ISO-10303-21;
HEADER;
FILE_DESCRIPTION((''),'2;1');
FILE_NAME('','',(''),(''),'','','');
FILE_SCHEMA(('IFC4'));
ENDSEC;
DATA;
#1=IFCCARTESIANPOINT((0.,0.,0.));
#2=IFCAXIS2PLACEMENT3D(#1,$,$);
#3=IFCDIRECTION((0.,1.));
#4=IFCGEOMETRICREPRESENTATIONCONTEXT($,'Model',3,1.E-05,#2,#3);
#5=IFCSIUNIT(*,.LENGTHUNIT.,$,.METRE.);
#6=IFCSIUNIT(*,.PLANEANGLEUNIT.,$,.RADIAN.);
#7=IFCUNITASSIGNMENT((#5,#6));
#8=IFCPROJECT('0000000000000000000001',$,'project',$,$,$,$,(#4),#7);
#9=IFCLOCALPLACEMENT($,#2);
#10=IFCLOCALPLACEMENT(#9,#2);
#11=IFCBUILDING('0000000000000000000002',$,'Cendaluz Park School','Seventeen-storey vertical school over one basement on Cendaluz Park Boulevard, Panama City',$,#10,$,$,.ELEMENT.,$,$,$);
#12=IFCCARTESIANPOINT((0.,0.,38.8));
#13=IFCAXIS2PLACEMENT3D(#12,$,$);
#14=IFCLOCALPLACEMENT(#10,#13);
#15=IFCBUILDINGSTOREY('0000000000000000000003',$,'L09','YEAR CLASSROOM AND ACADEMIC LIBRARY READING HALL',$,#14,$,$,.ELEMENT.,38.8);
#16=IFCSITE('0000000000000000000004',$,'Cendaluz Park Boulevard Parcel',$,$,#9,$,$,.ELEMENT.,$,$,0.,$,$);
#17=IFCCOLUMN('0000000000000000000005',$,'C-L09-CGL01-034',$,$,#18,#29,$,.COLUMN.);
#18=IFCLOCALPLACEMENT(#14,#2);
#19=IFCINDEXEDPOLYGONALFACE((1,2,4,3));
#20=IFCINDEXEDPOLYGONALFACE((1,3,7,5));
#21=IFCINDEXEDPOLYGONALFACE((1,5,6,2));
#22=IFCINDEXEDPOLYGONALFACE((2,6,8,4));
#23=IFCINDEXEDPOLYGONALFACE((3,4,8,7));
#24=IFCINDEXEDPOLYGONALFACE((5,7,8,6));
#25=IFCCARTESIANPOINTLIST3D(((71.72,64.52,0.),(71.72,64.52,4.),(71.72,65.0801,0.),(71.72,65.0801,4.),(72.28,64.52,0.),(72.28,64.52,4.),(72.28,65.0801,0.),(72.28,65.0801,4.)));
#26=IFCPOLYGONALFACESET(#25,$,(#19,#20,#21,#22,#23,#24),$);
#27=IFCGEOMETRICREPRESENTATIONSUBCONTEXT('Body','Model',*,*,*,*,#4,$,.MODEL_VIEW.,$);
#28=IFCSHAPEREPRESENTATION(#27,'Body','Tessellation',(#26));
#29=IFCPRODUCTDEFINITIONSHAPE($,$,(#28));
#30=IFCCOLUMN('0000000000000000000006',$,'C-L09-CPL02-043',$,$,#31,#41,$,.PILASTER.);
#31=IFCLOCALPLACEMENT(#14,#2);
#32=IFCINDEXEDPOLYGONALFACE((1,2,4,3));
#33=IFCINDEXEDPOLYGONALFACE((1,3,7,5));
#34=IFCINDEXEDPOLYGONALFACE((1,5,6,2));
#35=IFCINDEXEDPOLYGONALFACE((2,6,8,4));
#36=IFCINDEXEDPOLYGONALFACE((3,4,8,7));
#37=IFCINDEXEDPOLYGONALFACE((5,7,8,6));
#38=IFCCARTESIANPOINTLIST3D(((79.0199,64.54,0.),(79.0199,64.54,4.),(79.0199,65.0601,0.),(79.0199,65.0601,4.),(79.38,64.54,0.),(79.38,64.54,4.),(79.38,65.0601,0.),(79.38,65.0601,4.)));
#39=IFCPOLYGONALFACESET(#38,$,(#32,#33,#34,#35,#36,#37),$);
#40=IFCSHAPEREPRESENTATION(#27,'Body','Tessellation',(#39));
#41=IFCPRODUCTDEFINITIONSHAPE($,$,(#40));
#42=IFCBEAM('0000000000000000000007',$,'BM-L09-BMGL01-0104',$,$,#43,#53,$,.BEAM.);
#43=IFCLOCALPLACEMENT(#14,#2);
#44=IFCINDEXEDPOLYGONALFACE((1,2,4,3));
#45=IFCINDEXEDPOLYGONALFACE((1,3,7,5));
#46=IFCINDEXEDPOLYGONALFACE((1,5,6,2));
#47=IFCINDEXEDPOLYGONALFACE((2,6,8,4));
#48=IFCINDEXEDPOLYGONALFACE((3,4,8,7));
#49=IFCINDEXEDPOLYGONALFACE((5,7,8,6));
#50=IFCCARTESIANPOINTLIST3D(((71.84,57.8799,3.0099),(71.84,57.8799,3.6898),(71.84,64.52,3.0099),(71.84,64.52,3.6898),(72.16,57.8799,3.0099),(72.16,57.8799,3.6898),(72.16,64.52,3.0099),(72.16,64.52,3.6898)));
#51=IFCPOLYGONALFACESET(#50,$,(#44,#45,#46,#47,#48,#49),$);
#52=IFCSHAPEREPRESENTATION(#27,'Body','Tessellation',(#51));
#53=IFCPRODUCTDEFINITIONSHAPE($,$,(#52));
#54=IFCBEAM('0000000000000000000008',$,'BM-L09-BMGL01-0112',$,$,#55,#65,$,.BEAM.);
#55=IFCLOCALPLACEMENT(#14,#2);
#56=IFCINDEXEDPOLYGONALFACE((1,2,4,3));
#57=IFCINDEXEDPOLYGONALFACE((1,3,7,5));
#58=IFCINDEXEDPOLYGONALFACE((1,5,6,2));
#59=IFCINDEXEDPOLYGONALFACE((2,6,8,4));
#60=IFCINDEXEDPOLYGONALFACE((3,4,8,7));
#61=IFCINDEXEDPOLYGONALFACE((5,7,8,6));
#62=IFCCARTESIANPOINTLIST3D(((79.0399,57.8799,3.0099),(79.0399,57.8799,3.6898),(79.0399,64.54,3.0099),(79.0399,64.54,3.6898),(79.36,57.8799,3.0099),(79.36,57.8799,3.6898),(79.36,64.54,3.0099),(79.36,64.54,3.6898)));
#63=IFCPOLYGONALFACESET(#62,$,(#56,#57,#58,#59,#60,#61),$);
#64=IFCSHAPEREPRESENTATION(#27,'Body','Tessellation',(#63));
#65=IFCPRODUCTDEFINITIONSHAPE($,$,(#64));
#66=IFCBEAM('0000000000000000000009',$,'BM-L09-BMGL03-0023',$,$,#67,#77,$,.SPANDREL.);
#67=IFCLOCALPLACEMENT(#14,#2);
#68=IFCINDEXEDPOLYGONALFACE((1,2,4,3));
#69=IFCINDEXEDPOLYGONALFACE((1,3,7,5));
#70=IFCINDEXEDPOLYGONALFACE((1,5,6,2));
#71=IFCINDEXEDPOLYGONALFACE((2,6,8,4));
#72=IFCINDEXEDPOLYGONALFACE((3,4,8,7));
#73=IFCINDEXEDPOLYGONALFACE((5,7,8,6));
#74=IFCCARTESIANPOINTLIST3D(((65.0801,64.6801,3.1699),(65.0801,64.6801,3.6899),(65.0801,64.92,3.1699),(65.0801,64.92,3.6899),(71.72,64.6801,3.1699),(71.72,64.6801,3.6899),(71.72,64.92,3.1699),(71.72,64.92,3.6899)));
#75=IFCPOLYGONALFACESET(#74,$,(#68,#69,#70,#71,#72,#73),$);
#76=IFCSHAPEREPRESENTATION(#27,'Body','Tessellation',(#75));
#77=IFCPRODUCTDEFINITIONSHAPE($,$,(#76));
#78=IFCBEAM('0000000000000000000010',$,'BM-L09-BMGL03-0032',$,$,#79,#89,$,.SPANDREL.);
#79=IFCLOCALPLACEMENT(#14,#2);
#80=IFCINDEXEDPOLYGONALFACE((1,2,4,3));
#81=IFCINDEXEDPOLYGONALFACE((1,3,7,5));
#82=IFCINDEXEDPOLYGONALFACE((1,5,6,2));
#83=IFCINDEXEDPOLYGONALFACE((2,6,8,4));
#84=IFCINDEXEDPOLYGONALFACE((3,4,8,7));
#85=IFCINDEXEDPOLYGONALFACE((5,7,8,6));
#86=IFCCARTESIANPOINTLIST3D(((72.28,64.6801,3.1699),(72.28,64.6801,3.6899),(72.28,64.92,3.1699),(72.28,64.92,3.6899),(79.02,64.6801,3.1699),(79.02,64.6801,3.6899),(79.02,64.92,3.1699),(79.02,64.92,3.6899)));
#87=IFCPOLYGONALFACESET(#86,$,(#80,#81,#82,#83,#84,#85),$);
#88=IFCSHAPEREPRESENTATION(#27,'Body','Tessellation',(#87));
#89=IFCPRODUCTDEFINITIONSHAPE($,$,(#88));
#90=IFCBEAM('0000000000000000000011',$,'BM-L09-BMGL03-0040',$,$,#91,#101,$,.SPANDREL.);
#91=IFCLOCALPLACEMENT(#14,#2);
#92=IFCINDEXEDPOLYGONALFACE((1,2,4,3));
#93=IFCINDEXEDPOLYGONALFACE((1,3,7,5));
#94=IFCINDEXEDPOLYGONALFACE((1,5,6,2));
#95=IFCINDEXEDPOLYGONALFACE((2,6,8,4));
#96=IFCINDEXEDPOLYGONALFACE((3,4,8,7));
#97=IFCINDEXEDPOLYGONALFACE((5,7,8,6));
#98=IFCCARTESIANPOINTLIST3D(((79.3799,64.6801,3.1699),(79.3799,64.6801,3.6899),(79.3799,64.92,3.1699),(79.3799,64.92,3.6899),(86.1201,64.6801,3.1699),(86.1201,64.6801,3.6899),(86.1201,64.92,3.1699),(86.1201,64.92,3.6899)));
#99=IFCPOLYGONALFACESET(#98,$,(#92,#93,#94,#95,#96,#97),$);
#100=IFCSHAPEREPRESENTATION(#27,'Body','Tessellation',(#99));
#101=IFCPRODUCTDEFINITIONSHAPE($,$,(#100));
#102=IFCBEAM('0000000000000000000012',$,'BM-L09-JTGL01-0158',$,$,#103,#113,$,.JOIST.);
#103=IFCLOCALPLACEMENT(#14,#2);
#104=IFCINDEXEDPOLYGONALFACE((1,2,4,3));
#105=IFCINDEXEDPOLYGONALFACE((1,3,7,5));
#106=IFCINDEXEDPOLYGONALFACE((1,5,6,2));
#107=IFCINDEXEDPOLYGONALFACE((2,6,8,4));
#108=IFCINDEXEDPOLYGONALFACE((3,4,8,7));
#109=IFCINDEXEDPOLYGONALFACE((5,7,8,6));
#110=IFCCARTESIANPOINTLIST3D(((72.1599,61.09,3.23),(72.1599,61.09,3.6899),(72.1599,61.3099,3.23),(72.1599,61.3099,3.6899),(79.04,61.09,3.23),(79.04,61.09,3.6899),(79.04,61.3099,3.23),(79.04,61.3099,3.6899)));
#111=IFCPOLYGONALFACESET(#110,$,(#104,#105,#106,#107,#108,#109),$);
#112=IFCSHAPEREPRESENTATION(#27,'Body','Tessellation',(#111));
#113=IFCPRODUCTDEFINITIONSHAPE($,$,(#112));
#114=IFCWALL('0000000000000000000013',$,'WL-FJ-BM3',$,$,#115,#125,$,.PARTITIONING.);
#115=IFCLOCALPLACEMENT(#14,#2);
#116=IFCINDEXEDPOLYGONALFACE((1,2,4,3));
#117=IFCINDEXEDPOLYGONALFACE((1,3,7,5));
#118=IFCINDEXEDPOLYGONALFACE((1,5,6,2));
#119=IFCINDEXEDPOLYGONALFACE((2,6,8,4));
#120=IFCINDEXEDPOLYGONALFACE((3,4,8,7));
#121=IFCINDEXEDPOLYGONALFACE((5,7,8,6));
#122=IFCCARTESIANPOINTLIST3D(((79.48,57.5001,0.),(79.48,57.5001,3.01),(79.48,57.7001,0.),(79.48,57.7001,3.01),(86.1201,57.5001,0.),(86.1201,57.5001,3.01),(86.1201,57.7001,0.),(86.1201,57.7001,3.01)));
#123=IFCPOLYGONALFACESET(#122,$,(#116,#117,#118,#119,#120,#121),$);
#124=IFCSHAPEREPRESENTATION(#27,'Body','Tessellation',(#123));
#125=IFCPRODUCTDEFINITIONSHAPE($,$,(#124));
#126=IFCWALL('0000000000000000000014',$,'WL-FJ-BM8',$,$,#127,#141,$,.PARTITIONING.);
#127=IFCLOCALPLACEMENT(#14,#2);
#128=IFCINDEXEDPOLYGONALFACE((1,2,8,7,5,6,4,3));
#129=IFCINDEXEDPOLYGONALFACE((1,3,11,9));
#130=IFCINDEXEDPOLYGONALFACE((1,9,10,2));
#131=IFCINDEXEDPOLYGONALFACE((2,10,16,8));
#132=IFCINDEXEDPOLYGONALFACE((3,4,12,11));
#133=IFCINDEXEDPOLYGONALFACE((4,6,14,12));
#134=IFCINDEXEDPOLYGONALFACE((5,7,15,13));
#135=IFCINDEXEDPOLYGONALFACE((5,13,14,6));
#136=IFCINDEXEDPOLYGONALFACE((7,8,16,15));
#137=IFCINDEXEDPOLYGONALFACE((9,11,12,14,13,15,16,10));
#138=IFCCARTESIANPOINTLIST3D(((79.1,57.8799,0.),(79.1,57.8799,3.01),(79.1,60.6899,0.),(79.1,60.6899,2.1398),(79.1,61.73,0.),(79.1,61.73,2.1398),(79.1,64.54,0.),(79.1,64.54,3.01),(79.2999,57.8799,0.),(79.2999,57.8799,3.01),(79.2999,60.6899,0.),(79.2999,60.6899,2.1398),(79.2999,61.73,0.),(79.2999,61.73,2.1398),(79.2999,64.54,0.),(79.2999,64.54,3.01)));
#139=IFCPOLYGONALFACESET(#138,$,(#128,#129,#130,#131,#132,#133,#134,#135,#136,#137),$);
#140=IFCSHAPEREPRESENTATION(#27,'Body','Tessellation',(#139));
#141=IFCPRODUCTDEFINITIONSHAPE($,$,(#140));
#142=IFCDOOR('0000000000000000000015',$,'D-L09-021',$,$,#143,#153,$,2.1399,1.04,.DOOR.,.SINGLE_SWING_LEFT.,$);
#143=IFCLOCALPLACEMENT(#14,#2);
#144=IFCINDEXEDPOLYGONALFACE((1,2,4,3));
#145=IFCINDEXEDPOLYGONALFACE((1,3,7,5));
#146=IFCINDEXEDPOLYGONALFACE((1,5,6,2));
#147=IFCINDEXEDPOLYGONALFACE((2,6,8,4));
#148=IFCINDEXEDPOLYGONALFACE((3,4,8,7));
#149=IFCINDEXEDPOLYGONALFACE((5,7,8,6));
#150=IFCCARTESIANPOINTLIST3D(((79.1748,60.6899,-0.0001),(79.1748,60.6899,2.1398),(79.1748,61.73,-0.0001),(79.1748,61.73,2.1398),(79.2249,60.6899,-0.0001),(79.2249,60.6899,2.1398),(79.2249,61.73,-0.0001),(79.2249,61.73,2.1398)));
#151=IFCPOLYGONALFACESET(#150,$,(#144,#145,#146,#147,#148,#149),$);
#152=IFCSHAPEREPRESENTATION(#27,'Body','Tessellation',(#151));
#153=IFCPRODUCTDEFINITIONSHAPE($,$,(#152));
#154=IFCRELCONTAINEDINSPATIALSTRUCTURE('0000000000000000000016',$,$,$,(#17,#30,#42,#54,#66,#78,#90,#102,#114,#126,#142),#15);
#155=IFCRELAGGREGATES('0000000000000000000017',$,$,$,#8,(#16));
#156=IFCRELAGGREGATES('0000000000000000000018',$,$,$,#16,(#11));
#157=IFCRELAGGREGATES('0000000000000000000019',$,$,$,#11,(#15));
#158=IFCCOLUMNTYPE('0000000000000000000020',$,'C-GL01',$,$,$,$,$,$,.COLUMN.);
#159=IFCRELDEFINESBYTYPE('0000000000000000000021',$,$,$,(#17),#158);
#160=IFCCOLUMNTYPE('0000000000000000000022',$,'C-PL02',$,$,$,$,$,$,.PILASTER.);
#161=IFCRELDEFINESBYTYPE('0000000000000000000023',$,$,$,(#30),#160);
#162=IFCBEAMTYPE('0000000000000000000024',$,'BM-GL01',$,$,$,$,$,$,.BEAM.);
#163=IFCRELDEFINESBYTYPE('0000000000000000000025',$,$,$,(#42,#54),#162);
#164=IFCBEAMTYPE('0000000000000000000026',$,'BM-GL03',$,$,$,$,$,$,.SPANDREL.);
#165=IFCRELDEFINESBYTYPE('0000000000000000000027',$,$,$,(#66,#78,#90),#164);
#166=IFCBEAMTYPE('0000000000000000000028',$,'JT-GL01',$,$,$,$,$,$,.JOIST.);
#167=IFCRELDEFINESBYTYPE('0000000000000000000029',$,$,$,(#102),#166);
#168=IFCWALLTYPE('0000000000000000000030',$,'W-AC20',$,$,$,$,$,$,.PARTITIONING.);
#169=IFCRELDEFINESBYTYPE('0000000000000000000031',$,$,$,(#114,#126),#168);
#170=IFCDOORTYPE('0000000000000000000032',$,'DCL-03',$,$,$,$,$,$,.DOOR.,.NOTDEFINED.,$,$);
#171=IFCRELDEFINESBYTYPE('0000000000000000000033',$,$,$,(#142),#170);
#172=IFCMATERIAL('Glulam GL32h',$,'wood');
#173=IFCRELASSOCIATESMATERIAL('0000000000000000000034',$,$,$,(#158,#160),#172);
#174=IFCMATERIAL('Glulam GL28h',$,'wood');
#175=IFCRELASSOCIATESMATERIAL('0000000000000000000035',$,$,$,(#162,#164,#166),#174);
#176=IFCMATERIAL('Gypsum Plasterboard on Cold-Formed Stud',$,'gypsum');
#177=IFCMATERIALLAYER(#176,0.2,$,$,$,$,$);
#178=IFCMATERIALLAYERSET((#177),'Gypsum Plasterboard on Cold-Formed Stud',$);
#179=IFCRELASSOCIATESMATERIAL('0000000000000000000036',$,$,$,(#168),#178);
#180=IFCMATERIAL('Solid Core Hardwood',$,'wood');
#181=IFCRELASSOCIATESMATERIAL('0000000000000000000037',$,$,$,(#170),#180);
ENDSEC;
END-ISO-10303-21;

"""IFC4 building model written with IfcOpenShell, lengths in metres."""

from ifc_helpers import new_model, si_unit, direction, frame, frame_2d, origin, origin_2d, place, context, subcontext, project, spatial, rectangle, extrude, material, layer, layer_set, material_profile, profile_set, type_object, element, fill, save


model = new_model("IFC4")

# Units and contexts
model_context = context("Model", 3, precision=1e-05, world=origin(), true_north=direction((0.0, 1.0)))
body_context = subcontext(model_context, "Body", "Model", "MODEL_VIEW")
ifc_project = project(units=[si_unit("LENGTHUNIT", "METRE"), si_unit("PLANEANGLEUNIT", "RADIAN")], contexts=[model_context])

# Site, building, storey
site_placement = place(None, origin())
site = spatial("IfcSite", under=ifc_project, at=site_placement, Name="Cendaluz Park Boulevard Parcel", CompositionType="ELEMENT", RefElevation=0.0)
building_placement = place(site_placement, origin())
building = spatial("IfcBuilding", under=site, at=building_placement, Name="Cendaluz Park School", Description="Seventeen-storey vertical school over one basement on Cendaluz Park Boulevard, Panama City", CompositionType="ELEMENT")
storey_placement = place(building_placement, frame((0.0, 0.0, 38.8)))
storey = spatial("IfcBuildingStorey", under=building, at=storey_placement, Name="L09", Description="YEAR CLASSROOM AND ACADEMIC LIBRARY READING HALL", CompositionType="ELEMENT", Elevation=38.8)

# Columns
ifc_material_1 = material(Name="Glulam GL32h", Category="wood")
ifc_material_profile_1 = material_profile(ifc_material_1, rectangle(XDim=0.5601, YDim=0.5601, at=origin_2d()), Name="GL32h 560x560", Category="wood")
ifc_profile_set_1 = profile_set([ifc_material_profile_1], Name="Glulam GL32h")
column_type_1 = type_object("IfcColumnType", Name="C-GL01", PredefinedType="COLUMN", material=ifc_profile_set_1)
column_1_placement = place(storey_placement, frame((72.0, 64.8, 0.0), z_axis=(0.0, 0.0, 1.0), x_axis=(1.0, 0.0, 0.0)))
element("IfcColumn", 1, at=column_1_placement, inside=storey, type_object=column_type_1, Name="C-L09-CGL01-034", PredefinedType="COLUMN", context=body_context, shape_type="SweptSolid", body=[
    extrude(rectangle(XDim=0.5601, YDim=0.5601, at=origin_2d()), origin(), (0.0, 0.0, 1.0), 4.0),
])
ifc_material_profile_2 = material_profile(ifc_material_1, rectangle(XDim=0.3601, YDim=0.52, at=origin_2d()), Name="GL32h 360x520", Category="wood")
ifc_profile_set_2 = profile_set([ifc_material_profile_2], Name="Glulam GL32h")
column_type_2 = type_object("IfcColumnType", Name="C-PL02", PredefinedType="PILASTER", material=ifc_profile_set_2)
column_2_placement = place(storey_placement, frame((79.2, 64.8, 0.0), z_axis=(0.0, 0.0, 1.0), x_axis=(1.0, 0.0, 0.0)))
element("IfcColumn", 2, at=column_2_placement, inside=storey, type_object=column_type_2, Name="C-L09-CPL02-043", PredefinedType="PILASTER", context=body_context, shape_type="SweptSolid", body=[
    extrude(rectangle(XDim=0.3601, YDim=0.52, at=origin_2d()), origin(), (0.0, 0.0, 1.0), 4.0),
])

# Beams
ifc_material_2 = material(Name="Glulam GL28h", Category="wood")
ifc_material_profile_3 = material_profile(ifc_material_2, rectangle(XDim=0.3201, YDim=0.6799, at=origin_2d()), Name="GL28h 320x680", Category="wood")
ifc_profile_set_3 = profile_set([ifc_material_profile_3], Name="Glulam GL28h")
beam_type_1 = type_object("IfcBeamType", Name="BM-GL01", PredefinedType="BEAM", material=ifc_profile_set_3)
beam_1_placement = place(storey_placement, frame((72.0, 57.8799, 3.3499), z_axis=(0.0, 1.0, 0.0), x_axis=(-1.0, 0.0, 0.0)))
element("IfcBeam", 3, at=beam_1_placement, inside=storey, type_object=beam_type_1, Name="BM-L09-BMGL01-0104", PredefinedType="BEAM", context=body_context, shape_type="SweptSolid", body=[
    extrude(rectangle(XDim=0.3201, YDim=0.6799, at=origin_2d()), origin(), (0.0, 0.0, 1.0), 6.6401),
])
beam_2_placement = place(storey_placement, frame((79.2, 57.8799, 3.3499), z_axis=(0.0, 1.0, 0.0), x_axis=(-1.0, 0.0, 0.0)))
element("IfcBeam", 4, at=beam_2_placement, inside=storey, type_object=beam_type_1, Name="BM-L09-BMGL01-0112", PredefinedType="BEAM", context=body_context, shape_type="SweptSolid", body=[
    extrude(rectangle(XDim=0.3201, YDim=0.6799, at=origin_2d()), origin(), (0.0, 0.0, 1.0), 6.6602),
])
ifc_material_profile_4 = material_profile(ifc_material_2, rectangle(XDim=0.24, YDim=0.52, at=origin_2d()), Name="GL28h 240x520", Category="wood")
ifc_profile_set_4 = profile_set([ifc_material_profile_4], Name="Glulam GL28h")
beam_type_2 = type_object("IfcBeamType", Name="BM-GL03", PredefinedType="SPANDREL", material=ifc_profile_set_4)
beam_3_placement = place(storey_placement, frame((65.0801, 64.8, 3.4299), z_axis=(1.0, 0.0, 0.0), x_axis=(0.0, 1.0, 0.0)))
element("IfcBeam", 5, at=beam_3_placement, inside=storey, type_object=beam_type_2, Name="BM-L09-BMGL03-0023", PredefinedType="SPANDREL", context=body_context, shape_type="SweptSolid", body=[
    extrude(rectangle(XDim=0.24, YDim=0.52, at=origin_2d()), origin(), (0.0, 0.0, 1.0), 6.6399),
])
beam_4_placement = place(storey_placement, frame((72.28, 64.8, 3.4299), z_axis=(1.0, 0.0, 0.0), x_axis=(0.0, 1.0, 0.0)))
element("IfcBeam", 6, at=beam_4_placement, inside=storey, type_object=beam_type_2, Name="BM-L09-BMGL03-0032", PredefinedType="SPANDREL", context=body_context, shape_type="SweptSolid", body=[
    extrude(rectangle(XDim=0.24, YDim=0.52, at=origin_2d()), origin(), (0.0, 0.0, 1.0), 6.74),
])
beam_5_placement = place(storey_placement, frame((79.3799, 64.8, 3.4299), z_axis=(1.0, 0.0, 0.0), x_axis=(0.0, 1.0, 0.0)))
element("IfcBeam", 7, at=beam_5_placement, inside=storey, type_object=beam_type_2, Name="BM-L09-BMGL03-0040", PredefinedType="SPANDREL", context=body_context, shape_type="SweptSolid", body=[
    extrude(rectangle(XDim=0.24, YDim=0.52, at=origin_2d()), origin(), (0.0, 0.0, 1.0), 6.7402),
])
ifc_material_profile_5 = material_profile(ifc_material_2, rectangle(XDim=0.22, YDim=0.46, at=origin_2d()), Name="GL28h 220x460", Category="wood")
ifc_profile_set_5 = profile_set([ifc_material_profile_5], Name="Glulam GL28h")
beam_type_3 = type_object("IfcBeamType", Name="JT-GL01", PredefinedType="JOIST", material=ifc_profile_set_5)
beam_6_placement = place(storey_placement, frame((72.1599, 61.2, 3.46), z_axis=(1.0, 0.0, 0.0), x_axis=(0.0, 1.0, 0.0)))
element("IfcBeam", 8, at=beam_6_placement, inside=storey, type_object=beam_type_3, Name="BM-L09-JTGL01-0158", PredefinedType="JOIST", context=body_context, shape_type="SweptSolid", body=[
    extrude(rectangle(XDim=0.22, YDim=0.46, at=origin_2d()), origin(), (0.0, 0.0, 1.0), 6.8801),
])

# Wall
ifc_material_3 = material(Name="Gypsum Plasterboard on Cold-Formed Stud", Category="gypsum")
ifc_layer_1 = layer(ifc_material_3, 0.2)
ifc_layer_set_1 = layer_set([ifc_layer_1], Name="Gypsum Plasterboard on Cold-Formed Stud")
wall_type_1 = type_object("IfcWallType", Name="W-AC20", PredefinedType="PARTITIONING", material=ifc_layer_set_1)
wall_1_placement = place(storey_placement, frame((79.48, 57.6001, 0.0), z_axis=(0.0, 0.0, 1.0), x_axis=(1.0, 0.0, 0.0)))
element("IfcWall", 9, at=wall_1_placement, inside=storey, type_object=wall_type_1, Name="WL-FJ-BM3", PredefinedType="PARTITIONING", context=body_context, shape_type="SweptSolid", body=[
    extrude(rectangle(XDim=6.6401, YDim=0.2, at=frame_2d((3.3201, 0.0))), origin(), (0.0, 0.0, 1.0), 3.01),
])

# Wall, opening, door
wall_2_placement = place(storey_placement, frame((79.2, 57.8799, 0.0), z_axis=(0.0, 0.0, 1.0), x_axis=(0.0, 1.0, 0.0)))
wall_2 = element("IfcWall", 10, at=wall_2_placement, inside=storey, type_object=wall_type_1, Name="WL-FJ-BM8", PredefinedType="PARTITIONING", context=body_context, shape_type="SweptSolid", body=[
    extrude(rectangle(XDim=6.6602, YDim=0.2, at=frame_2d((3.3301, 0.0))), origin(), (0.0, 0.0, 1.0), 3.01),
])
opening_1_placement = place(wall_2_placement, frame((2.8101, 0.0, 0.0)))
opening_1 = element("IfcOpeningElement", 11, at=opening_1_placement, cuts=wall_2, PredefinedType="OPENING", context=body_context, shape_type="SweptSolid", body=[
    extrude(rectangle(XDim=1.04, YDim=2.1399, at=frame_2d((0.52, 1.0698))), frame((0.0, 0.1121, 0.0), z_axis=(0.0, -1.0, 0.0), x_axis=(1.0, 0.0, 0.0)), (0.0, 0.0, 1.0), 0.2239),
])
ifc_material_4 = material(Name="Solid Core Hardwood", Category="wood")
door_type = type_object("IfcDoorType", Name="DCL-03", OperationType="NOTDEFINED", PredefinedType="DOOR", material=ifc_material_4)
door_1_placement = place(opening_1_placement, frame((1.04, 0.0, 0.0), z_axis=(0.0, 0.0, 1.0), x_axis=(-1.0, 0.0, 0.0)))
door_1 = element("IfcDoor", 12, at=door_1_placement, inside=storey, type_object=door_type, Name="D-L09-021", OperationType="SINGLE_SWING_LEFT", OverallHeight=2.1399, OverallWidth=1.04, PredefinedType="DOOR", context=body_context, shape_type="SweptSolid", body=[
    extrude(rectangle(XDim=1.04, YDim=2.1399, at=frame_2d((0.52, 1.0698))), frame((0.0, 0.0249, 0.0), z_axis=(0.0, -1.0, 0.0), x_axis=(1.0, 0.0, 0.0)), (0.0, 0.0, 1.0), 0.05),
])
fill(opening_1, door_1)

save(model, "model.ifc")
